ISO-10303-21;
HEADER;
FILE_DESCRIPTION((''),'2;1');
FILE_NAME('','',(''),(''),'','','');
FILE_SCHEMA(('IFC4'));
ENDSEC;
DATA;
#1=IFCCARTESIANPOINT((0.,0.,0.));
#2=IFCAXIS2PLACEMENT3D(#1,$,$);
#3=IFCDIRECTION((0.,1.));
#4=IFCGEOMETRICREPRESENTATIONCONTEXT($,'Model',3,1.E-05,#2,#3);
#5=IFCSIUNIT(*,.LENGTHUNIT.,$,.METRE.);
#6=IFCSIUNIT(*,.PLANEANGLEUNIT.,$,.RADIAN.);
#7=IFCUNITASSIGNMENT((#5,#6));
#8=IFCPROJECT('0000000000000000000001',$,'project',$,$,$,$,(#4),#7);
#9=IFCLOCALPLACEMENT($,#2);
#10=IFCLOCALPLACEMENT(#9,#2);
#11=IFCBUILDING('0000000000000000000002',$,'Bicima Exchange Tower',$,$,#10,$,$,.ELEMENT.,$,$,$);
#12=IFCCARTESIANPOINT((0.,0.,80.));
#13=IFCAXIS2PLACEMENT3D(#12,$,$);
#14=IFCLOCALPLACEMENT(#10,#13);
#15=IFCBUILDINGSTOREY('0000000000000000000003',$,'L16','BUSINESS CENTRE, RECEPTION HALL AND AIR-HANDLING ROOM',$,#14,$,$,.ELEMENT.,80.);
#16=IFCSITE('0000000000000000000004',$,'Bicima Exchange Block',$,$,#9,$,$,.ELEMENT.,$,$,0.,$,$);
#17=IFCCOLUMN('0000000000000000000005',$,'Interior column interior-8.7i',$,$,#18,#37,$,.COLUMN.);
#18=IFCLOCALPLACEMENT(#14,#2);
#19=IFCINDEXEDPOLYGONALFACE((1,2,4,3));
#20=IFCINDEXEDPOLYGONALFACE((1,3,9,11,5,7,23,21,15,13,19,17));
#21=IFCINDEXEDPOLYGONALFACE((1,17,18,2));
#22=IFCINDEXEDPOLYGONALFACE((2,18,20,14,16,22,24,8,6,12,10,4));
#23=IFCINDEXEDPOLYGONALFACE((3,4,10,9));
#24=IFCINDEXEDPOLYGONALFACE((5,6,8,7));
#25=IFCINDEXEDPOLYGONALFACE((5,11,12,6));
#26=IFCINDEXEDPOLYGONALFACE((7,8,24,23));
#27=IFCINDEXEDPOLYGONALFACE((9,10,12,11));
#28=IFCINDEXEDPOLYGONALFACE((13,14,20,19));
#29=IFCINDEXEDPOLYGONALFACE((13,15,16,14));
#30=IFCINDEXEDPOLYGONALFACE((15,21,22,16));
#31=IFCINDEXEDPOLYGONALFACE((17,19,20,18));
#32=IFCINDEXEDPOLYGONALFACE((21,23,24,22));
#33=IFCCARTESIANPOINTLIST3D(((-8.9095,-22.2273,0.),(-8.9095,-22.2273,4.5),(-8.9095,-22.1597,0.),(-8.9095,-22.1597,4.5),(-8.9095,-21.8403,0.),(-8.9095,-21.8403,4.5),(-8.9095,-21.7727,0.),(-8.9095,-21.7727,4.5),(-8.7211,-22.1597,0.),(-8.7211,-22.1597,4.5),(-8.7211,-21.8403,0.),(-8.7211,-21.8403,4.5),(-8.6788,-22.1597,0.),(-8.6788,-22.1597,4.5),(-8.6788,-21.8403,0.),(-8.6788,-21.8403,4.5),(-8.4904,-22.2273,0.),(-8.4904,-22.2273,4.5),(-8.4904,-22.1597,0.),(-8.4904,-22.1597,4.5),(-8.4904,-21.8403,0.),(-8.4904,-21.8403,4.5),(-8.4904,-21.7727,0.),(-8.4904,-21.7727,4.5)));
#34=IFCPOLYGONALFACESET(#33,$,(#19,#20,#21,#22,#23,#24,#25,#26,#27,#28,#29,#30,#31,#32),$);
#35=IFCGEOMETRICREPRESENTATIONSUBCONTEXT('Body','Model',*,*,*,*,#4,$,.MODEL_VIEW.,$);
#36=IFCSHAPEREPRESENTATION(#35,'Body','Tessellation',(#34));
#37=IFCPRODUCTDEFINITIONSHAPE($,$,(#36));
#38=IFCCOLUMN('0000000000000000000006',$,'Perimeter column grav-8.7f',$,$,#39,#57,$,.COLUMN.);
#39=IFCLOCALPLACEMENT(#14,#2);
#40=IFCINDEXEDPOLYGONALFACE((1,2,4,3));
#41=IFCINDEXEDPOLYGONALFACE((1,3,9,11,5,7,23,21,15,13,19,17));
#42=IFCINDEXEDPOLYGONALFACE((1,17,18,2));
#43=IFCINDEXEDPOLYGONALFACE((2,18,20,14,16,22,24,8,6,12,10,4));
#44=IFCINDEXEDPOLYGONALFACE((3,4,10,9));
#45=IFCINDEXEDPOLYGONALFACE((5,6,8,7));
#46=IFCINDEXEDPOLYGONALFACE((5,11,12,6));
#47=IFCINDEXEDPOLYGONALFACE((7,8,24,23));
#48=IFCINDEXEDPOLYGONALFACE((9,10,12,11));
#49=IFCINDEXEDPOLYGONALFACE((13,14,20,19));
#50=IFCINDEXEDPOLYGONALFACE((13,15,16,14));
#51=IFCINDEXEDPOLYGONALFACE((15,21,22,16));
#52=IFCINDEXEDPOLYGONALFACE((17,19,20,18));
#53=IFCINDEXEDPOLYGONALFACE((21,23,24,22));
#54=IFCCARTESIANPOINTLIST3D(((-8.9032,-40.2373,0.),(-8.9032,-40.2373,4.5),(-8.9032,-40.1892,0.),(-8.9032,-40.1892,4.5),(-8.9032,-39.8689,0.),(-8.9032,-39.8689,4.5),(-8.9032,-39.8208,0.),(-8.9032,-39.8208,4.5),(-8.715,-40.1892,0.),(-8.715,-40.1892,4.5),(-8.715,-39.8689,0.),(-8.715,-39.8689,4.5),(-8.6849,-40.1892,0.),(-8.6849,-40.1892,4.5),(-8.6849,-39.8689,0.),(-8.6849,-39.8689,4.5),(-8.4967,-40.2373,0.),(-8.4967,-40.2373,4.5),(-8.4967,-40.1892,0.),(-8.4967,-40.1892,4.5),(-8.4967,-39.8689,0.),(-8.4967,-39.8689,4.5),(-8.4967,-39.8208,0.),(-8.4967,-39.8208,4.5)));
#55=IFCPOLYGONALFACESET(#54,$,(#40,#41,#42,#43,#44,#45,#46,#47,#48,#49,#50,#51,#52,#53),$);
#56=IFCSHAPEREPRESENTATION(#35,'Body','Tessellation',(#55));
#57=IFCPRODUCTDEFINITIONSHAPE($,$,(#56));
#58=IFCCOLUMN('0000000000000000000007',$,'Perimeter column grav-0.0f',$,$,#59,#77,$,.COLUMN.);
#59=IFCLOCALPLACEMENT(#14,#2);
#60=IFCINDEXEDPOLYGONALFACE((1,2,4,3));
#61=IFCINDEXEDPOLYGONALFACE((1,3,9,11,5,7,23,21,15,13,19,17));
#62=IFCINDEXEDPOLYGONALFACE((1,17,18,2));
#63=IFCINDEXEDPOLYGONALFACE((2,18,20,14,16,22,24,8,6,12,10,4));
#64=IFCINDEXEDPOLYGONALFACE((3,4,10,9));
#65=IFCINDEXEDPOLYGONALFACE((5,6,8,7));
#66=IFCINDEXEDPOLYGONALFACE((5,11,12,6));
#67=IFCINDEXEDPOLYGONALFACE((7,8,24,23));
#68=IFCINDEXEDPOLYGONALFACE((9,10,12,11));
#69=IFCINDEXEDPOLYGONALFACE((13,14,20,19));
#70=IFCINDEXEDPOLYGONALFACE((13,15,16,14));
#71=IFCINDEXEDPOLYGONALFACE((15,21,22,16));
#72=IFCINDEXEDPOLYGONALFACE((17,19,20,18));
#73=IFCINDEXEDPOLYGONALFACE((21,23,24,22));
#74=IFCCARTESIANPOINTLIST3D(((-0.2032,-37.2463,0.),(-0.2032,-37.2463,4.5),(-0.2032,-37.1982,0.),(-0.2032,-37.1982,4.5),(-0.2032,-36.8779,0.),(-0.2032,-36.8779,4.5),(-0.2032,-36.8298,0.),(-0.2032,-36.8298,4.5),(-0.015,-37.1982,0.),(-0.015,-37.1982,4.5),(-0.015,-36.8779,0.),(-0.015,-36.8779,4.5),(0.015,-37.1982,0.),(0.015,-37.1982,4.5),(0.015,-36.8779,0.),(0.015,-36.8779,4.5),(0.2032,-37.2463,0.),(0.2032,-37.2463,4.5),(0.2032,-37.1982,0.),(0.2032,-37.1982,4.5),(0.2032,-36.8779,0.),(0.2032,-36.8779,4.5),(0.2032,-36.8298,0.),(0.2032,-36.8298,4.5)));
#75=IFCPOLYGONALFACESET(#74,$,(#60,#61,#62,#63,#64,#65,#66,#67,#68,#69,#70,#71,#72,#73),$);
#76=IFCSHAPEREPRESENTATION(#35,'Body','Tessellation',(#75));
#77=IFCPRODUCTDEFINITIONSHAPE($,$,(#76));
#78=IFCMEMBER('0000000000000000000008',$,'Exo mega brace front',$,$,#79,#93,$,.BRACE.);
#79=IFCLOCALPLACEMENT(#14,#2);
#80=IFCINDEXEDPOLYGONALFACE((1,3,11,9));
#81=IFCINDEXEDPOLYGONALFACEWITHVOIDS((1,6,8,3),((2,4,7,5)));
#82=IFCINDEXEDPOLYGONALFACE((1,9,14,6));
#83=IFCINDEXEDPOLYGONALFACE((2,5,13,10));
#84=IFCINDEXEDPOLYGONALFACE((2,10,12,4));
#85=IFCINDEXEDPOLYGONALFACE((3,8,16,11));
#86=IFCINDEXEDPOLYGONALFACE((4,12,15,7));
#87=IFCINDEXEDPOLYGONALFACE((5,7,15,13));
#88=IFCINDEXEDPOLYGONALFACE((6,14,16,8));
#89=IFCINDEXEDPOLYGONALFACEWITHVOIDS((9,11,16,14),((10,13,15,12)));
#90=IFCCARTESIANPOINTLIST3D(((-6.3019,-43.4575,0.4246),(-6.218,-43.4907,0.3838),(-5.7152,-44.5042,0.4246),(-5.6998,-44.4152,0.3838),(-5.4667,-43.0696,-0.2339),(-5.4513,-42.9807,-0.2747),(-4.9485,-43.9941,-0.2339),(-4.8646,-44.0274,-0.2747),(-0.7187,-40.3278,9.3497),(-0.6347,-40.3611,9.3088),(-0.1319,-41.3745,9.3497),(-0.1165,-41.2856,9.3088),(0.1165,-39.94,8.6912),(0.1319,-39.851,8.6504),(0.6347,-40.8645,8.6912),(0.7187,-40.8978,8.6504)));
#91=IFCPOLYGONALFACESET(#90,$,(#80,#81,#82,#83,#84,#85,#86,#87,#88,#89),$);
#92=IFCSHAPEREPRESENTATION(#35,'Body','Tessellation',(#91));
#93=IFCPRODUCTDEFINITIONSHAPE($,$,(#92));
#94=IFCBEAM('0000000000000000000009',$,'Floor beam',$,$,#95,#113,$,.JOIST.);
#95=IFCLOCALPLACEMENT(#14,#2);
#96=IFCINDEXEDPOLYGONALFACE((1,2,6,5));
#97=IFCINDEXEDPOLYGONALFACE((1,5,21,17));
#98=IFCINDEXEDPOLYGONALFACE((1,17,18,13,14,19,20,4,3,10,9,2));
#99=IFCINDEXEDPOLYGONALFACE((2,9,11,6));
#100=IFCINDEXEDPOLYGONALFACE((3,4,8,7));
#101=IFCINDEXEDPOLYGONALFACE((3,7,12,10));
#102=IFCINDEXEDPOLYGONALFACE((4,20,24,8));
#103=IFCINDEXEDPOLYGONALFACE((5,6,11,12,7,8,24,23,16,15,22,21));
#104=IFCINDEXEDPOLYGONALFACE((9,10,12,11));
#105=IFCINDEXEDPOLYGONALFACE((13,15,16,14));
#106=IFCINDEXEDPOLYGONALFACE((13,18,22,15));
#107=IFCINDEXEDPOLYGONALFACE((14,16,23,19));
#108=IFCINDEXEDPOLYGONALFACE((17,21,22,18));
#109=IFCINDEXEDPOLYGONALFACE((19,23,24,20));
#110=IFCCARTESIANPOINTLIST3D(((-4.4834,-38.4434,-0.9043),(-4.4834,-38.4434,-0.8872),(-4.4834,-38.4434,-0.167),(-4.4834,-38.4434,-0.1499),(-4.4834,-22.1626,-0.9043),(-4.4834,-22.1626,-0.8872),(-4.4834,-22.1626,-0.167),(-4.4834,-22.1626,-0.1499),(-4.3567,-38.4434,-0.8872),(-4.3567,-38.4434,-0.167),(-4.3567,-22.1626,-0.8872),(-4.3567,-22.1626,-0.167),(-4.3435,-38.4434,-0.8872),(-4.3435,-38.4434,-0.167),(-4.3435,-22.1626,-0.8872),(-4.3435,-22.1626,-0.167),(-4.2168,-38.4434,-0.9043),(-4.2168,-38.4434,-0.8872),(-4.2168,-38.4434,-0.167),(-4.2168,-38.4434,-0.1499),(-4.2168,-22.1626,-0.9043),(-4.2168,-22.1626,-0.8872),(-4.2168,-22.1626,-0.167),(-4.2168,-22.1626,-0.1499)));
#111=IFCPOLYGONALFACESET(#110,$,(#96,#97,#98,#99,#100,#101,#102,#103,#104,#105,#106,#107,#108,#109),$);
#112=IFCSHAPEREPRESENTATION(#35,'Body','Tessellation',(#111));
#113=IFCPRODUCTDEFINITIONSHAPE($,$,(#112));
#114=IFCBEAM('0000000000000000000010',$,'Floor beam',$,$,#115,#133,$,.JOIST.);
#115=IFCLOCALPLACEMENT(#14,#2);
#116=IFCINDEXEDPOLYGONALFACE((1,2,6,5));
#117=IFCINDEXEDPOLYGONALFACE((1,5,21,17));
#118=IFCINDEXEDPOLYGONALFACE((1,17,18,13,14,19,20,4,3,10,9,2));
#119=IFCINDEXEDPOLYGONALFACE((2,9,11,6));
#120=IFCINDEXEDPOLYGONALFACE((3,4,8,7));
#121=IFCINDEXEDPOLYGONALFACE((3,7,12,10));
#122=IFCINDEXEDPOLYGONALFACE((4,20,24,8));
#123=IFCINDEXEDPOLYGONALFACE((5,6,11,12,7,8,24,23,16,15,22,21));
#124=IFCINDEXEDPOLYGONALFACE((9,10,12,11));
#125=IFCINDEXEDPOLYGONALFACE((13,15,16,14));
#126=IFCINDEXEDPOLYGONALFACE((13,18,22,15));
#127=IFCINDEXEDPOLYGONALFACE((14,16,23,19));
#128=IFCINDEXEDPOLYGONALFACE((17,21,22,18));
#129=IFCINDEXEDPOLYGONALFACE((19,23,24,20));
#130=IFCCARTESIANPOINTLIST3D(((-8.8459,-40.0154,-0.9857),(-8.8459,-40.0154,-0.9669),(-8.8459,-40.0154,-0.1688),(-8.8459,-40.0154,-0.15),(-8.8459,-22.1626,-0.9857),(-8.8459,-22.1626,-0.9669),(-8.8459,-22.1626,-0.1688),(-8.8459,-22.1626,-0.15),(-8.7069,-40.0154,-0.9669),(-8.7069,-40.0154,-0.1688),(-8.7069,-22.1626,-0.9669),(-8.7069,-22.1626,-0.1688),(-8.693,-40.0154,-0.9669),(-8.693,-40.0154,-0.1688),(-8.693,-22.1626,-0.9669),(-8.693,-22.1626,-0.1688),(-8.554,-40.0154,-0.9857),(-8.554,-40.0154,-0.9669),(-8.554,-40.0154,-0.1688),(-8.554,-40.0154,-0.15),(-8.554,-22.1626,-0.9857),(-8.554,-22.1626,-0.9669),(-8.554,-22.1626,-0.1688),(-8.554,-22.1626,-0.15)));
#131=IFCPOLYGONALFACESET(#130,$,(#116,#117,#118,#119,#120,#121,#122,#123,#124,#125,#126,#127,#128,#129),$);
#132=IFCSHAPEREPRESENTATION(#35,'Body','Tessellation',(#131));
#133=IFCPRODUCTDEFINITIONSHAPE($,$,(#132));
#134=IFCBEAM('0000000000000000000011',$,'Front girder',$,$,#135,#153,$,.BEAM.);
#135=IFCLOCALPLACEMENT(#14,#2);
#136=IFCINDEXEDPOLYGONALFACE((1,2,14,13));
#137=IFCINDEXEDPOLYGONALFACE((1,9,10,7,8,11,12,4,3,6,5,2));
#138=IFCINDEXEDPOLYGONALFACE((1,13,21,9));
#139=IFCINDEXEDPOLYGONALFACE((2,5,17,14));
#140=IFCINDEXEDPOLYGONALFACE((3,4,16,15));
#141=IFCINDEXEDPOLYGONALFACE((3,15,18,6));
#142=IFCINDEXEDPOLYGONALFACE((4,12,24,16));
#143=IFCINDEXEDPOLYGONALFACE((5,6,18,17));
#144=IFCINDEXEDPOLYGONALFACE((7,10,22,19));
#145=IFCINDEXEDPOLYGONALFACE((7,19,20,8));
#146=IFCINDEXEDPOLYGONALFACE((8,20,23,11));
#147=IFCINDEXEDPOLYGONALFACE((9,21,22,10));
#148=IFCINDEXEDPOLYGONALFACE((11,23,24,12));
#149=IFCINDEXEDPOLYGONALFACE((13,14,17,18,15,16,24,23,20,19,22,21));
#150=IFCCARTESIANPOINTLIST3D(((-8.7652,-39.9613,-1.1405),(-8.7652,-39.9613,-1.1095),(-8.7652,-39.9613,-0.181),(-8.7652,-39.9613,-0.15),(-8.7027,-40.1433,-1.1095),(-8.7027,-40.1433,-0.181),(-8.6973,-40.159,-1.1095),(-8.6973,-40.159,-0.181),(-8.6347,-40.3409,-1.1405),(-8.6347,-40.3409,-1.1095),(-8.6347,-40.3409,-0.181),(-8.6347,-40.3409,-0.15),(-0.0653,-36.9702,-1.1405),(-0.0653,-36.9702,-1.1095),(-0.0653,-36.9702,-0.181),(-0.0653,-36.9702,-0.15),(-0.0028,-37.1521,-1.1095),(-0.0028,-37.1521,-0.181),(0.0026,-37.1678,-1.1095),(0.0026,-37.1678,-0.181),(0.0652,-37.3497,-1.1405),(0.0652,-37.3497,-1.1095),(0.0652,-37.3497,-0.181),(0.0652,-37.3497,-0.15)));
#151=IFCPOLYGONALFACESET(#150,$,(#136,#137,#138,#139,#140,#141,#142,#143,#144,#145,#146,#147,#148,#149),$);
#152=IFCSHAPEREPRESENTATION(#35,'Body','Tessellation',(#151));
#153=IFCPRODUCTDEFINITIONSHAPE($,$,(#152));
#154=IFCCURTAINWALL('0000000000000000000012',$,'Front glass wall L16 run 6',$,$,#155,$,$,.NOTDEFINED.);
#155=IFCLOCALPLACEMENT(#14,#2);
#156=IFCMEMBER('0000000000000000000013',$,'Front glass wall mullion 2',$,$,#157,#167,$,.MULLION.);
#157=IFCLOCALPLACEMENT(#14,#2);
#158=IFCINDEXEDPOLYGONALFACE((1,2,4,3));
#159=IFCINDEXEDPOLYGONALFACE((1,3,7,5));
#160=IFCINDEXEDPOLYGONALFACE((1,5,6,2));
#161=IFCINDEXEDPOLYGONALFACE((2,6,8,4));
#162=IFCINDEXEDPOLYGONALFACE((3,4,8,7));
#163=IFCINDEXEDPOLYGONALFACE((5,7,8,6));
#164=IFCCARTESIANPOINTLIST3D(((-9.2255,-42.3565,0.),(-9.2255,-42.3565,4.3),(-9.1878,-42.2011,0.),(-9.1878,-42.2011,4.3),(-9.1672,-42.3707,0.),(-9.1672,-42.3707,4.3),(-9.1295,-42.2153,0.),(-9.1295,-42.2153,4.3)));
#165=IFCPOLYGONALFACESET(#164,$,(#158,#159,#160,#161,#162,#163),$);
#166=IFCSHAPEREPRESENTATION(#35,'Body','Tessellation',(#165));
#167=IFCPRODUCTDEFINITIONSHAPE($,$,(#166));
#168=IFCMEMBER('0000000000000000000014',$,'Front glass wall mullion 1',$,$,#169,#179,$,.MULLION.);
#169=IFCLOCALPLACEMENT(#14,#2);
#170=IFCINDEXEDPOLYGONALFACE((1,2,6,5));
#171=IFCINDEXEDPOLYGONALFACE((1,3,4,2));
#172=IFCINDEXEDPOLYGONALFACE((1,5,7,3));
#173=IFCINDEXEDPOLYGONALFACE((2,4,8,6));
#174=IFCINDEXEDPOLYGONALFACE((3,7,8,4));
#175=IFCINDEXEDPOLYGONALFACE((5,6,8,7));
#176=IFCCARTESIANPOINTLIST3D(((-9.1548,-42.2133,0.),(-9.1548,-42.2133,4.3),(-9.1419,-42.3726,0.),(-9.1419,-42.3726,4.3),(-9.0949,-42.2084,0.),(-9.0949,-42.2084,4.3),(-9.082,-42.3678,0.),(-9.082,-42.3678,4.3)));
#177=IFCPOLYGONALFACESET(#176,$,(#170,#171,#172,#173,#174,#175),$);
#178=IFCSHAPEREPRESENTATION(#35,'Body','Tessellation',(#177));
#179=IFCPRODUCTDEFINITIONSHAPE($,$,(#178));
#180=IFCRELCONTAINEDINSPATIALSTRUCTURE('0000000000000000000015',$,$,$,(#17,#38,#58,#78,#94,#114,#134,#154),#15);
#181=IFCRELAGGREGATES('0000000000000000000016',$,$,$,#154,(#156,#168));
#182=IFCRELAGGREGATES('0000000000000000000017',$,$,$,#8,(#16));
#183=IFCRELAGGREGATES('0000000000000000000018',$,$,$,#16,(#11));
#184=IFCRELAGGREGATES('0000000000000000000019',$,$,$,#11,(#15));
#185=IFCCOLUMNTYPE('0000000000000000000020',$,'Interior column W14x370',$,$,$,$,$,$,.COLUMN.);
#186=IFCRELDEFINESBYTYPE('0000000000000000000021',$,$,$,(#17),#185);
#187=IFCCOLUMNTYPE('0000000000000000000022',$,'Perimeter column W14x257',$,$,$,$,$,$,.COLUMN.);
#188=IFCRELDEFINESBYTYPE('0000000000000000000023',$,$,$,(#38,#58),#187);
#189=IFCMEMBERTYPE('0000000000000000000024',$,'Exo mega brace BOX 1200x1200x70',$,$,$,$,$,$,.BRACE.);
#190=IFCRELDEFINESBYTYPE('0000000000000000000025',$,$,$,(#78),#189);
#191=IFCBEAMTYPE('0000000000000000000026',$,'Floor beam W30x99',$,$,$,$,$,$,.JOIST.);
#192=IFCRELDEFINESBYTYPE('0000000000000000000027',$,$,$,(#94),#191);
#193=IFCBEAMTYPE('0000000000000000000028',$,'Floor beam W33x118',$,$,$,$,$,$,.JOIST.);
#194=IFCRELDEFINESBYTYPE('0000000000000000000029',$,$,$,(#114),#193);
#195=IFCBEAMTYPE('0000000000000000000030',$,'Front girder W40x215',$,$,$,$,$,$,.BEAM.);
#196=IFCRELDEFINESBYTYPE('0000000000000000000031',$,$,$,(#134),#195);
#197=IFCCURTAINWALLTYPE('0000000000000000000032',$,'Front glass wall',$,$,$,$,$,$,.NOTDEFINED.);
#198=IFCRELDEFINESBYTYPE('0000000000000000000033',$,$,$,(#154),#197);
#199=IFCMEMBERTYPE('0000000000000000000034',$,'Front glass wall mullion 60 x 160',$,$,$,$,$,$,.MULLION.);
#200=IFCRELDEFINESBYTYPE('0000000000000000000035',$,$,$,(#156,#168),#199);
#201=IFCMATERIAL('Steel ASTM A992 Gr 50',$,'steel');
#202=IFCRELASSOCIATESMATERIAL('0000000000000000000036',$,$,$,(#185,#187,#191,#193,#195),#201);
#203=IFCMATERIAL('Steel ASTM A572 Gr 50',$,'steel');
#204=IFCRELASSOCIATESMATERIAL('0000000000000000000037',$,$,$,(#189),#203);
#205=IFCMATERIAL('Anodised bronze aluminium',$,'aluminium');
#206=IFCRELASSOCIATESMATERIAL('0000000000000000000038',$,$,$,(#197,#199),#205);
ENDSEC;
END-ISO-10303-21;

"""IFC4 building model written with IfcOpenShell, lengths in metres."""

from ifc_helpers import new_model, si_unit, direction, frame, origin, origin_2d, place, context, subcontext, project, spatial, rectangle, hollow_rectangle, i_section, extrude, material, material_profile, profile_set, type_object, element, aggregate, save


model = new_model("IFC4")

# Units and contexts
model_context = context("Model", 3, precision=1e-05, world=origin(), true_north=direction((0.0, 1.0)))
body_context = subcontext(model_context, "Body", "Model", "MODEL_VIEW")
ifc_project = project(units=[si_unit("LENGTHUNIT", "METRE"), si_unit("PLANEANGLEUNIT", "RADIAN")], contexts=[model_context])

# Site, building, storey
site_placement = place(None, origin())
site = spatial("IfcSite", under=ifc_project, at=site_placement, Name="Bicima Exchange Block", CompositionType="ELEMENT", RefElevation=0.0)
building_placement = place(site_placement, origin())
building = spatial("IfcBuilding", under=site, at=building_placement, Name="Bicima Exchange Tower", CompositionType="ELEMENT")
storey_placement = place(building_placement, frame((0.0, 0.0, 80.0)))
storey = spatial("IfcBuildingStorey", under=building, at=storey_placement, Name="L16", Description="BUSINESS CENTRE, RECEPTION HALL AND AIR-HANDLING ROOM", CompositionType="ELEMENT", Elevation=80.0)

# Columns
ifc_material_1 = material(Name="Steel ASTM A992 Gr 50", Category="steel")
ifc_material_profile_1 = material_profile(ifc_material_1, i_section(OverallWidth=0.4192, OverallDepth=0.4546, WebThickness=0.0422, FlangeThickness=0.0676, at=origin_2d()))
ifc_profile_set_1 = profile_set([ifc_material_profile_1], Name="Steel ASTM A992 Gr 50")
column_type_1 = type_object("IfcColumnType", Name="Interior column W14x370", PredefinedType="COLUMN", material=ifc_profile_set_1)
column_placement = place(storey_placement, frame((-8.7, -22.0, 0.0), z_axis=(0.0, 0.0, 1.0), x_axis=(1.0, 0.0, 0.0)))
element("IfcColumn", 1, at=column_placement, inside=storey, type_object=column_type_1, Name="Interior column interior-8.7i", PredefinedType="COLUMN", context=body_context, shape_type="SweptSolid", body=[
    extrude(i_section(OverallWidth=0.4192, OverallDepth=0.4546, WebThickness=0.0422, FlangeThickness=0.0676, at=origin_2d()), origin(), (0.0, 0.0, 1.0), 4.5),
])
ifc_material_profile_2 = material_profile(ifc_material_1, i_section(OverallWidth=0.4065, OverallDepth=0.4165, WebThickness=0.03, FlangeThickness=0.0481, at=origin_2d()))
ifc_profile_set_2 = profile_set([ifc_material_profile_2], Name="Steel ASTM A992 Gr 50")
column_type_2 = type_object("IfcColumnType", Name="Perimeter column W14x257", PredefinedType="COLUMN", material=ifc_profile_set_2)
for number, where, z_axis, x_axis, name in (
    (2, (-8.7, -40.0291, 0.0), (0.0, 0.0, 1.0), (1.0, 0.0, 0.0), "Perimeter column grav-8.7f"),
    (3, (0.0, -37.0381, 0.0), (0.0, 0.0, 1.0), (1.0, 0.0, 0.0), "Perimeter column grav-0.0f"),
):
    element("IfcColumn", number, at=place(storey_placement, frame(where, z_axis=z_axis, x_axis=x_axis)), inside=storey, type_object=column_type_2, Name=name, PredefinedType="COLUMN", context=body_context, shape_type="SweptSolid", body=[
        extrude(i_section(OverallWidth=0.4065, OverallDepth=0.4165, WebThickness=0.03, FlangeThickness=0.0481, at=origin_2d()), origin(), (0.0, 0.0, 1.0), 4.5),
    ])

# Member
ifc_material_2 = material(Name="Steel ASTM A572 Gr 50", Category="steel")
ifc_material_profile_3 = material_profile(ifc_material_2, hollow_rectangle(XDim=1.2, YDim=1.2, WallThickness=0.0701, at=origin_2d()))
ifc_profile_set_3 = profile_set([ifc_material_profile_3], Name="Steel ASTM A572 Gr 50")
member_type_1 = type_object("IfcMemberType", Name="Exo mega brace BOX 1200x1200x70", PredefinedType="BRACE", material=ifc_profile_set_3)
member_1_placement = place(storey_placement, frame((-5.5833, -43.7424, 0.075), z_axis=(0.508359, 0.284956, 0.812632), x_axis=(-0.488962, 0.872305, 0.0)))
element("IfcMember", 4, at=member_1_placement, inside=storey, type_object=member_type_1, Name="Exo mega brace front", PredefinedType="BRACE", context=body_context, shape_type="SweptSolid", body=[
    extrude(hollow_rectangle(XDim=1.2, YDim=1.2, WallThickness=0.0701, at=origin_2d()), origin(), (0.0, 0.0, 1.0), 10.9829),
])

# Beams
ifc_material_profile_4 = material_profile(ifc_material_1, i_section(OverallWidth=0.2666, OverallDepth=0.7544, WebThickness=0.0132, FlangeThickness=0.0171, at=origin_2d()))
ifc_profile_set_4 = profile_set([ifc_material_profile_4], Name="Steel ASTM A992 Gr 50")
beam_type_1 = type_object("IfcBeamType", Name="Floor beam W30x99", PredefinedType="JOIST", material=ifc_profile_set_4)
beam_1_placement = place(storey_placement, frame((-4.3501, -22.1626, -0.5271), z_axis=(0.0, -1.0, 0.0), x_axis=(1.0, 0.0, 0.0)))
element("IfcBeam", 5, at=beam_1_placement, inside=storey, type_object=beam_type_1, Name="Floor beam", PredefinedType="JOIST", context=body_context, shape_type="SweptSolid", body=[
    extrude(i_section(OverallWidth=0.2666, OverallDepth=0.7544, WebThickness=0.0132, FlangeThickness=0.0171, at=origin_2d()), origin(), (0.0, 0.0, 1.0), 16.2808),
])
ifc_material_profile_5 = material_profile(ifc_material_1, i_section(OverallWidth=0.292, OverallDepth=0.8357, WebThickness=0.0139, FlangeThickness=0.0188, at=origin_2d()))
ifc_profile_set_5 = profile_set([ifc_material_profile_5], Name="Steel ASTM A992 Gr 50")
beam_type_2 = type_object("IfcBeamType", Name="Floor beam W33x118", PredefinedType="JOIST", material=ifc_profile_set_5)
beam_2_placement = place(storey_placement, frame((-8.7, -22.1626, -0.5679), z_axis=(0.0, -1.0, 0.0), x_axis=(1.0, 0.0, 0.0)))
element("IfcBeam", 6, at=beam_2_placement, inside=storey, type_object=beam_type_2, Name="Floor beam", PredefinedType="JOIST", context=body_context, shape_type="SweptSolid", body=[
    extrude(i_section(OverallWidth=0.292, OverallDepth=0.8357, WebThickness=0.0139, FlangeThickness=0.0188, at=origin_2d()), origin(), (0.0, 0.0, 1.0), 17.8528),
])
ifc_material_profile_6 = material_profile(ifc_material_1, i_section(OverallWidth=0.4014, OverallDepth=0.9905, WebThickness=0.0166, FlangeThickness=0.031, at=origin_2d()))
ifc_profile_set_6 = profile_set([ifc_material_profile_6], Name="Steel ASTM A992 Gr 50")
beam_type_3 = type_object("IfcBeamType", Name="Front girder W40x215", PredefinedType="BEAM", material=ifc_profile_set_6)
beam_3_placement = place(storey_placement, frame((-8.7, -40.1511, -0.6453), z_axis=(0.945666, 0.325138, 0.0), x_axis=(-0.325138, 0.945666, 0.0)))
element("IfcBeam", 7, at=beam_3_placement, inside=storey, type_object=beam_type_3, Name="Front girder", PredefinedType="BEAM", context=body_context, shape_type="SweptSolid", body=[
    extrude(i_section(OverallWidth=0.4014, OverallDepth=0.9905, WebThickness=0.0166, FlangeThickness=0.031, at=origin_2d()), origin(), (0.0, 0.0, 1.0), 9.1997),
])

# Curtain wall, members
ifc_material_3 = material(Name="Anodised bronze aluminium", Category="aluminium")
curtain_wall_type = type_object("IfcCurtainWallType", Name="Front glass wall", PredefinedType="NOTDEFINED", material=ifc_material_3)
curtain_wall_placement = place(storey_placement, origin())
curtain_wall = element("IfcCurtainWall", 8, at=curtain_wall_placement, inside=storey, type_object=curtain_wall_type, Name="Front glass wall L16 run 6", PredefinedType="NOTDEFINED")
ifc_material_profile_7 = material_profile(ifc_material_3, rectangle(XDim=0.1599, YDim=0.0601, at=origin_2d()))
ifc_profile_set_7 = profile_set([ifc_material_profile_7], Name="Anodised bronze aluminium")
member_type_2 = type_object("IfcMemberType", Name="Front glass wall mullion 60 x 160", PredefinedType="MULLION", material=ifc_profile_set_7)
member_2_placement = place(storey_placement, frame((-9.1775, -42.2859, 0.0), z_axis=(0.0, 0.0, 1.0), x_axis=(0.235682, 0.97183, 0.0)))
member_2 = element("IfcMember", 9, at=member_2_placement, type_object=member_type_2, Name="Front glass wall mullion 2", PredefinedType="MULLION", context=body_context, shape_type="SweptSolid", body=[
    extrude(rectangle(XDim=0.1599, YDim=0.0601, at=origin_2d()), origin(), (0.0, 0.0, 1.0), 4.3),
])
member_3_placement = place(storey_placement, frame((-9.1184, -42.2905, 0.0), z_axis=(0.0, 0.0, 1.0), x_axis=(-0.080589, 0.996747, 0.0)))
member_3 = element("IfcMember", 10, at=member_3_placement, type_object=member_type_2, Name="Front glass wall mullion 1", PredefinedType="MULLION", context=body_context, shape_type="SweptSolid", body=[
    extrude(rectangle(XDim=0.1599, YDim=0.0601, at=origin_2d()), origin(), (0.0, 0.0, 1.0), 4.3),
])

aggregate(curtain_wall, [member_2, member_3])

save(model, "model.ifc")
